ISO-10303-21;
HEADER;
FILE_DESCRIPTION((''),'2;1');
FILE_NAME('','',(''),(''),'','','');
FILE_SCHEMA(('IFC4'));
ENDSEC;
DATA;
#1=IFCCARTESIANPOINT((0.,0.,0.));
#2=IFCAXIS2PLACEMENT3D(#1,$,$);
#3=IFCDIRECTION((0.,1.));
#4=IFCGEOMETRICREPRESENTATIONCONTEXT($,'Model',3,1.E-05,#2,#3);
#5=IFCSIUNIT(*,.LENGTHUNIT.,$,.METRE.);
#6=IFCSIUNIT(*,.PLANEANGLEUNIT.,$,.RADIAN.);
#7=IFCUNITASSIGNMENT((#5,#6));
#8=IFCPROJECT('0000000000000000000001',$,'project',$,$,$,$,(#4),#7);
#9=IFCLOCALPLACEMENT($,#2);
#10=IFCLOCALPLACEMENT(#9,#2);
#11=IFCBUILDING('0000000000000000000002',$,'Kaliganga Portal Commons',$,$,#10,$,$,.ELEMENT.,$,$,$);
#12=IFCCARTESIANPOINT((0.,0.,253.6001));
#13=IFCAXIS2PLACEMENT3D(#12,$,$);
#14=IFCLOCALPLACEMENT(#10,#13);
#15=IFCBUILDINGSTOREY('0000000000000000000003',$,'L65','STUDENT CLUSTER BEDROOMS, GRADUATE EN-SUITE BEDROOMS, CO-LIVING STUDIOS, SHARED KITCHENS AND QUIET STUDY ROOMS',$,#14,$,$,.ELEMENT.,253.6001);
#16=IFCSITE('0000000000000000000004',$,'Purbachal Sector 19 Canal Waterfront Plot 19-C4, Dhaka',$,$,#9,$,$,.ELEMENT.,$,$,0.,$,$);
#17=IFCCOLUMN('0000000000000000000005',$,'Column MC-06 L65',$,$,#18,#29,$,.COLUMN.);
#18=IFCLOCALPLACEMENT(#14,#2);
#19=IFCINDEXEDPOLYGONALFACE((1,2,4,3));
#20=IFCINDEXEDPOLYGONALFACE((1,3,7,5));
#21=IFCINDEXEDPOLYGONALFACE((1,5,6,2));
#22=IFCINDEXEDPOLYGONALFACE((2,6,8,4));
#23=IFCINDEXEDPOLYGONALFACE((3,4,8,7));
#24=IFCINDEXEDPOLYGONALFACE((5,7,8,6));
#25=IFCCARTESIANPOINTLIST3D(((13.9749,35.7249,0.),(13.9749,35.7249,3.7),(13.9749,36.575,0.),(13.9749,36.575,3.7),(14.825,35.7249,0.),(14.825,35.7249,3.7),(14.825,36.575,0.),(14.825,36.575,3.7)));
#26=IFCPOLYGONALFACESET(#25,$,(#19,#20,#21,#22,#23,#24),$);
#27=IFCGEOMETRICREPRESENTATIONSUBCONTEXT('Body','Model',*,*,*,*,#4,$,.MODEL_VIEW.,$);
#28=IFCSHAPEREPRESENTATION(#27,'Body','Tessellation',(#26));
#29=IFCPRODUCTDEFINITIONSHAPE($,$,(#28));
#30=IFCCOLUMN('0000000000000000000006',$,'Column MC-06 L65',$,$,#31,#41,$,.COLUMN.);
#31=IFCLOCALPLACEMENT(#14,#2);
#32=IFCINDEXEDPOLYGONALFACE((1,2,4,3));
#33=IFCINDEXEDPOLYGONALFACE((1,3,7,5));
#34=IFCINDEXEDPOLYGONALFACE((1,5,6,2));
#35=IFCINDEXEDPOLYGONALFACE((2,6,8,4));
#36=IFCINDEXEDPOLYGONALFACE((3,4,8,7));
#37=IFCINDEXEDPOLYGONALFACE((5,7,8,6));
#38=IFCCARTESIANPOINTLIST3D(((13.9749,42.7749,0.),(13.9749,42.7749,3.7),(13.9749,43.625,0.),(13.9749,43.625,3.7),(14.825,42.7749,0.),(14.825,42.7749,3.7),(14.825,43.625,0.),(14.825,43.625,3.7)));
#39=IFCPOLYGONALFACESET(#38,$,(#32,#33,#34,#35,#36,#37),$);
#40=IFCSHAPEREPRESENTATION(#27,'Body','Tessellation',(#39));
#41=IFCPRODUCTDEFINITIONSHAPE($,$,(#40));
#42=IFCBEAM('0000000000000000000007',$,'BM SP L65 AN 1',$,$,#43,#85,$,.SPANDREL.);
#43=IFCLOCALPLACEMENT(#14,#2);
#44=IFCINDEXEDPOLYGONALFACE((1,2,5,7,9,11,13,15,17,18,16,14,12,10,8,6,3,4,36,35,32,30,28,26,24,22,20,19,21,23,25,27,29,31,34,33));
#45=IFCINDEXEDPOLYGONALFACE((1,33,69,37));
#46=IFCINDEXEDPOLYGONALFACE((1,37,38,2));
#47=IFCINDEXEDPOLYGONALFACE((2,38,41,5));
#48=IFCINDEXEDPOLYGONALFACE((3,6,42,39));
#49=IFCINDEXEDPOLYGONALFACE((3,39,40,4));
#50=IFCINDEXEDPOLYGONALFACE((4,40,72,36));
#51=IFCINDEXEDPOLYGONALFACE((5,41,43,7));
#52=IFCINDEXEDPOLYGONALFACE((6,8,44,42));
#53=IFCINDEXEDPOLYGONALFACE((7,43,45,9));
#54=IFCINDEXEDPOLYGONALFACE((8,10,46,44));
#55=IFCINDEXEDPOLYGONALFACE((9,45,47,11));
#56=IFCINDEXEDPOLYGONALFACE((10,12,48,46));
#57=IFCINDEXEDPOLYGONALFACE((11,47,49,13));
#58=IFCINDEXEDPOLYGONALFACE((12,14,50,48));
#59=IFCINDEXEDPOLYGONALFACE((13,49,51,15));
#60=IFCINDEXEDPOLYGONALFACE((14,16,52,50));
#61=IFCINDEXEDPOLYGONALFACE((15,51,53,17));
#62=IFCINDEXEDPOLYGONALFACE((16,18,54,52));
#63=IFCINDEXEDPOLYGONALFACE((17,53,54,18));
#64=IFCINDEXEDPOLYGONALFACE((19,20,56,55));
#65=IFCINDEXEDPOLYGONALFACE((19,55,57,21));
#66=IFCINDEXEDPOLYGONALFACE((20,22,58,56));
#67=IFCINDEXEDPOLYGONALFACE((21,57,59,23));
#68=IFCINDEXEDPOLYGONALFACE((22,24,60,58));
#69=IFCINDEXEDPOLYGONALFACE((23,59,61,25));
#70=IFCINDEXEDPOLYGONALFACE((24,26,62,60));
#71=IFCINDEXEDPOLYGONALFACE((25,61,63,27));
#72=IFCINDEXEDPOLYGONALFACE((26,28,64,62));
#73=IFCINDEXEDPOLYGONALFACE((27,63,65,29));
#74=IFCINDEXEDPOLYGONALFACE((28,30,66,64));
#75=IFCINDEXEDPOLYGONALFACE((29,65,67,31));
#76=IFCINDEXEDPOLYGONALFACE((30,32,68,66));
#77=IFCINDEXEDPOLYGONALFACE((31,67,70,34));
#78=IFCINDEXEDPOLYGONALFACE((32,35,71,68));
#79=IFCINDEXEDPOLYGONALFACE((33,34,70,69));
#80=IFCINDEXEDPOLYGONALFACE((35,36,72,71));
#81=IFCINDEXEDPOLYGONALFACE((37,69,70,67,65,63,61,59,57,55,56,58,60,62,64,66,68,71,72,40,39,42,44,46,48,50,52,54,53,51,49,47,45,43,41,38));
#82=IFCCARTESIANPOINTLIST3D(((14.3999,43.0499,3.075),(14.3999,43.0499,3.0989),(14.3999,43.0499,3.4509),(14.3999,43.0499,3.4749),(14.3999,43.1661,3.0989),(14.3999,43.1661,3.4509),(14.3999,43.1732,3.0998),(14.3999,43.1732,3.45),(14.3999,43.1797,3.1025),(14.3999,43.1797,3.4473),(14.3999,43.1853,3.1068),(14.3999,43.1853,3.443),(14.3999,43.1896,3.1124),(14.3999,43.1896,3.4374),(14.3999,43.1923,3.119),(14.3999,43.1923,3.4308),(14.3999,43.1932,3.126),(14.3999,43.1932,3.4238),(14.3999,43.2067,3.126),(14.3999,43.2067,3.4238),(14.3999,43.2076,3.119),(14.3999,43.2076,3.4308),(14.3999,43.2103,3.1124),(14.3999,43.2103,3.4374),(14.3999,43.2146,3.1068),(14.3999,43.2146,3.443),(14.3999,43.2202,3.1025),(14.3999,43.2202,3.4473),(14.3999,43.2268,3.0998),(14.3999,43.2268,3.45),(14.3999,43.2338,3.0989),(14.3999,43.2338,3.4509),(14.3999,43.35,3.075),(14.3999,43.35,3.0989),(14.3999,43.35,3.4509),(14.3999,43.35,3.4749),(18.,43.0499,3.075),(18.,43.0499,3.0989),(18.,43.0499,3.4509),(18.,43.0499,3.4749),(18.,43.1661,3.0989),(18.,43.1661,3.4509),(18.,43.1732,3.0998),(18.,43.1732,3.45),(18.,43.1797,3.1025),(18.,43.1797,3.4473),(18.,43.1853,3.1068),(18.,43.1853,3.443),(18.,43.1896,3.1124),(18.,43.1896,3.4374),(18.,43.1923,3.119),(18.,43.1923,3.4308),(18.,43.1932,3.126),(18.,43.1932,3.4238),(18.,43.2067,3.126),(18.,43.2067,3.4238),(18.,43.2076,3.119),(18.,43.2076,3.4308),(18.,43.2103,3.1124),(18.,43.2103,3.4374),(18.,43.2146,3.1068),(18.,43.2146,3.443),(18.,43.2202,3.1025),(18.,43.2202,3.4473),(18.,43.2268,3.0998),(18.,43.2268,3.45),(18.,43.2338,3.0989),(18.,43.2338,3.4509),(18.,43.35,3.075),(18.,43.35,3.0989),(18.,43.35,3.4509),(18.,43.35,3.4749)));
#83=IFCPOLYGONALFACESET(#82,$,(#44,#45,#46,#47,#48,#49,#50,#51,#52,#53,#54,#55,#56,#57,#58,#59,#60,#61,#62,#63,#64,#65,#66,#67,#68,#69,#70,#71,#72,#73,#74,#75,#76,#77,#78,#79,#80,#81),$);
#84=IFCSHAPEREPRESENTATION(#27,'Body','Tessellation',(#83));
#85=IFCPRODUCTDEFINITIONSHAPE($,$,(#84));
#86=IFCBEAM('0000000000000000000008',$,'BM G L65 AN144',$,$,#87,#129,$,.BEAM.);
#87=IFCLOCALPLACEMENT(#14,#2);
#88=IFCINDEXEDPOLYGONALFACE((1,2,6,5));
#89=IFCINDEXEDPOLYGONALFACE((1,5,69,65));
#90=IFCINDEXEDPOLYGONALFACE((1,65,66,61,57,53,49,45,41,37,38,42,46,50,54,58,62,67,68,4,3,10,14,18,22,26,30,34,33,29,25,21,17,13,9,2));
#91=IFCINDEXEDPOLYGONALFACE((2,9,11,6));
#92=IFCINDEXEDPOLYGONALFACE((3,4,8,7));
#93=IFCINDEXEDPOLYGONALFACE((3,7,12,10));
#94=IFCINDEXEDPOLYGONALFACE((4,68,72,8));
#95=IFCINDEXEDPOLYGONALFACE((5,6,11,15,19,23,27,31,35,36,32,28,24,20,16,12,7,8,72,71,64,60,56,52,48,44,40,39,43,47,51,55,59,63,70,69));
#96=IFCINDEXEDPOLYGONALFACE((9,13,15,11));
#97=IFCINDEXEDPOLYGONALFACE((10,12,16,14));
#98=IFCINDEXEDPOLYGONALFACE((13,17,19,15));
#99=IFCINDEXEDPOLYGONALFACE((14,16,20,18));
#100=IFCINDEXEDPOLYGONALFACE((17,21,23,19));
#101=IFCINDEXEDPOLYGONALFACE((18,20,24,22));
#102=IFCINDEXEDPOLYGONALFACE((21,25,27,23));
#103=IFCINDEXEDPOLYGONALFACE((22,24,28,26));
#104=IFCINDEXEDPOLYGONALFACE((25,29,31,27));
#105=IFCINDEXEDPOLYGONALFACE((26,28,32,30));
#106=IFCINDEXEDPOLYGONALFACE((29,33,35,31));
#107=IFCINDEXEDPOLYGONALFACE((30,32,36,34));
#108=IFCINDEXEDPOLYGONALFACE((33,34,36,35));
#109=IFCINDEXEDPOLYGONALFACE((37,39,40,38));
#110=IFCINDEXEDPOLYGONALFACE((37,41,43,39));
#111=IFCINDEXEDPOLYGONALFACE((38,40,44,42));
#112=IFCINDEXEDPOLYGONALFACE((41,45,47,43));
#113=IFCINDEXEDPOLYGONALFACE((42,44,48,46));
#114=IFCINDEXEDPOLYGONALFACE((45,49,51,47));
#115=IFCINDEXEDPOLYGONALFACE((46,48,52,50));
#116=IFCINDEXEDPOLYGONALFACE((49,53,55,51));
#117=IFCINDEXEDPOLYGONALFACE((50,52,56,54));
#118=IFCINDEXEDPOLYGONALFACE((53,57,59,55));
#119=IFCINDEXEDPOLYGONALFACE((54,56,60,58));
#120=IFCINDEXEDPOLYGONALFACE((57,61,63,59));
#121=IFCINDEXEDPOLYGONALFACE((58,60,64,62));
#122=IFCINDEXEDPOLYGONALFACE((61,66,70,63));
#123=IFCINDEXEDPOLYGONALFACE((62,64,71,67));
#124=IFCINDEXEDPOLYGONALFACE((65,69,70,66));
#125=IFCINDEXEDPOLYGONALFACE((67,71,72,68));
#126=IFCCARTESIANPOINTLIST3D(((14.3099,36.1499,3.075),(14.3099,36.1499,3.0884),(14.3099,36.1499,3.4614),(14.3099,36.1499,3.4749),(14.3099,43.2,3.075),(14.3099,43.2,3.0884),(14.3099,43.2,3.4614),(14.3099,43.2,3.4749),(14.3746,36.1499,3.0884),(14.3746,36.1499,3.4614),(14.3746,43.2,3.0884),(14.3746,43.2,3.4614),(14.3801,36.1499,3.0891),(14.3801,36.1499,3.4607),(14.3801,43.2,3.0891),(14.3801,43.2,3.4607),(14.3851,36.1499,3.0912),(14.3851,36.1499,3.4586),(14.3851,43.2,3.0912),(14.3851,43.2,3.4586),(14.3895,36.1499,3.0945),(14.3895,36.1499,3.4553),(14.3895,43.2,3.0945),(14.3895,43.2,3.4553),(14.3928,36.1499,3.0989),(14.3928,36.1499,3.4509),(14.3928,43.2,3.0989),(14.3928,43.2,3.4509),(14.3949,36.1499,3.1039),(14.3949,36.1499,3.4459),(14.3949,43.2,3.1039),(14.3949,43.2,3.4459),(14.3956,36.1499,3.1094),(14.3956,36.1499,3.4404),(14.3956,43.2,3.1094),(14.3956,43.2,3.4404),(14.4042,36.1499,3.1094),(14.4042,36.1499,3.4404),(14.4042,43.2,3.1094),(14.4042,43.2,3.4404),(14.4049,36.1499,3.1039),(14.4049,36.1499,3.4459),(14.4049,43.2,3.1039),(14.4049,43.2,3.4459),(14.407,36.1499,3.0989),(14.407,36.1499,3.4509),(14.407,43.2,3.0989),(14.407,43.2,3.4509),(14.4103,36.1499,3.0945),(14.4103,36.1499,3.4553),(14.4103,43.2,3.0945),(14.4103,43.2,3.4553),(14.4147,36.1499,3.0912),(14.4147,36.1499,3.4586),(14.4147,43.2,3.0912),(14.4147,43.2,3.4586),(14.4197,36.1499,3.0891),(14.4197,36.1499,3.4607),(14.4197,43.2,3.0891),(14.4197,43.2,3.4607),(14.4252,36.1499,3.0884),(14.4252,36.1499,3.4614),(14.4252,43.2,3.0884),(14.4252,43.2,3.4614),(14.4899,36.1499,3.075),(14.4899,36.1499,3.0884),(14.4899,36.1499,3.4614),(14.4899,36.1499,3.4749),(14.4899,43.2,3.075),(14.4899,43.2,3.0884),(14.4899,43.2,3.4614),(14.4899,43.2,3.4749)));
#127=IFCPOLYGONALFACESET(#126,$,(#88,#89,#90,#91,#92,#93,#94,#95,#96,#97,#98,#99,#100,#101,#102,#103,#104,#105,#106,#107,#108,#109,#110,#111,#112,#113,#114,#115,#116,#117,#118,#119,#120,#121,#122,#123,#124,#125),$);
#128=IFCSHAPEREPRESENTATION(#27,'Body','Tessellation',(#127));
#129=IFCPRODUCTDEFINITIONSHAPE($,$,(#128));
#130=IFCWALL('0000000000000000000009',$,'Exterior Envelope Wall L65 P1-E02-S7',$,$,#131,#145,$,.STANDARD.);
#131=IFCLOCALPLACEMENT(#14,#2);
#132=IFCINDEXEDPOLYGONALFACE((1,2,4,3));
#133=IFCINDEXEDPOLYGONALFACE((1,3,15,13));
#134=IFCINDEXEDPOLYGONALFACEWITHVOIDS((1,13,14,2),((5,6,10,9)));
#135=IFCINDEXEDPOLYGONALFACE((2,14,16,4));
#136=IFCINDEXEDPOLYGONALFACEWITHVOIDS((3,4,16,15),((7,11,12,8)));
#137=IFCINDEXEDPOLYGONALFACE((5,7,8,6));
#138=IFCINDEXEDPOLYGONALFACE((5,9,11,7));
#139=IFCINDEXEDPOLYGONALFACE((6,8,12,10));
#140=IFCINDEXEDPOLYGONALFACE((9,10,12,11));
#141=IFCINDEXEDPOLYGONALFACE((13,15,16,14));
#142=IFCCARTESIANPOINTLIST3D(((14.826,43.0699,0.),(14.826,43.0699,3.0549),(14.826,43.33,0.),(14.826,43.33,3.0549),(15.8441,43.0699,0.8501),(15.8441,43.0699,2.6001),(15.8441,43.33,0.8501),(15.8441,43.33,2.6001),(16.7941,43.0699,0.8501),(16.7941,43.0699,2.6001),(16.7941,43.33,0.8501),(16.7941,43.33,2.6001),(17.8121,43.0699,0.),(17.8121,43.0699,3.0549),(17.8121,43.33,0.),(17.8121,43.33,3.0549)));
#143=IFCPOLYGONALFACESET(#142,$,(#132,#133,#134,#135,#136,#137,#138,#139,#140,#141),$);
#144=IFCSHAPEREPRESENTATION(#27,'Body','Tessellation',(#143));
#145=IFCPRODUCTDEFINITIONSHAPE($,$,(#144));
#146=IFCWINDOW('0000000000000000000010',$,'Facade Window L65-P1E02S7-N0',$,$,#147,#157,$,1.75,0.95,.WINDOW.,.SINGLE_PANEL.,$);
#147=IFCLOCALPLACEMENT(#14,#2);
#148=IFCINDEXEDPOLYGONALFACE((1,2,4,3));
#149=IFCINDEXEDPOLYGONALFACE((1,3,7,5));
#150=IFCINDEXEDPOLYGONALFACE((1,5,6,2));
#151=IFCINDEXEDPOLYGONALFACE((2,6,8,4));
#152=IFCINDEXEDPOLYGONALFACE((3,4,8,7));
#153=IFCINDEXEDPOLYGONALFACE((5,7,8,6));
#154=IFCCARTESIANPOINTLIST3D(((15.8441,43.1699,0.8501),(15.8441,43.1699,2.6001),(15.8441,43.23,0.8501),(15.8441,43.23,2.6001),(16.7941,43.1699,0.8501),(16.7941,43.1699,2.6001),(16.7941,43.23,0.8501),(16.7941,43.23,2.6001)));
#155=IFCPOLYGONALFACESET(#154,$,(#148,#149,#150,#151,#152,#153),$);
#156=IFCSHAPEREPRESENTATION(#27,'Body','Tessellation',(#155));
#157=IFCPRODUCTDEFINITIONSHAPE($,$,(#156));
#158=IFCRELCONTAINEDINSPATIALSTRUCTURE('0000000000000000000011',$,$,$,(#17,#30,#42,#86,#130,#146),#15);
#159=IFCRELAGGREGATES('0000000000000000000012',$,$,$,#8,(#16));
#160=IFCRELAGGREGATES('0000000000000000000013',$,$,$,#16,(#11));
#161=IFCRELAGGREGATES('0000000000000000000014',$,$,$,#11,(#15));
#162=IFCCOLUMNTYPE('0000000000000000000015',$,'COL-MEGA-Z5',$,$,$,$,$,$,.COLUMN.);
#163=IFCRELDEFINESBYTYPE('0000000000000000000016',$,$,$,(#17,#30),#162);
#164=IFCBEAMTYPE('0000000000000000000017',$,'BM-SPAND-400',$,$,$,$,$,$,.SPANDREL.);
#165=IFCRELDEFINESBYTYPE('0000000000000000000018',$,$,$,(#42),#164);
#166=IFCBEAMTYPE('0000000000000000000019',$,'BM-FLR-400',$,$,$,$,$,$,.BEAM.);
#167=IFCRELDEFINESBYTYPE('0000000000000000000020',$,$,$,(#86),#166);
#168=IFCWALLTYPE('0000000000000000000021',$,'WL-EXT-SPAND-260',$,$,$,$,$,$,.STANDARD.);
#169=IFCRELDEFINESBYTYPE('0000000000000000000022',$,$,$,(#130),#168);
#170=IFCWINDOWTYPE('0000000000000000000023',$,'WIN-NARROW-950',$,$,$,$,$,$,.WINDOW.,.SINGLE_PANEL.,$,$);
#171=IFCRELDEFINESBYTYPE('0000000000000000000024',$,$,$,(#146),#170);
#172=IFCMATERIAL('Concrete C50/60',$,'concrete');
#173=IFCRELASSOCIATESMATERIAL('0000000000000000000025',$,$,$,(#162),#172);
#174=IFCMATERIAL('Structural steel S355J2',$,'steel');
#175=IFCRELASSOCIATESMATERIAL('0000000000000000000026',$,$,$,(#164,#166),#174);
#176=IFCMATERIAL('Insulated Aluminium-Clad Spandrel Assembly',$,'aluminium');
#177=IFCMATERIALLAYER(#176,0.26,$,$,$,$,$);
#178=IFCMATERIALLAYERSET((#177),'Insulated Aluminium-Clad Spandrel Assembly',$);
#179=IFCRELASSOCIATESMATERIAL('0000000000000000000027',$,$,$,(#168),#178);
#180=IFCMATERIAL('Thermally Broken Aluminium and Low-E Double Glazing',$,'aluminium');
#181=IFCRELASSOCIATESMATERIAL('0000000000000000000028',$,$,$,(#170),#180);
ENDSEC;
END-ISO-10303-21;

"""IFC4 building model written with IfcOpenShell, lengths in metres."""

from ifc_helpers import new_model, si_unit, direction, frame, frame_2d, origin, origin_2d, place, context, subcontext, project, spatial, rectangle, i_section, extrude, source, transform, mapped, material, layer, layer_set, material_profile, profile_set, type_object, element, fill, save


model = new_model("IFC4")

# Units and contexts
model_context = context("Model", 3, precision=1e-05, world=origin(), true_north=direction((0.0, 1.0)))
body_context = subcontext(model_context, "Body", "Model", "MODEL_VIEW")
ifc_project = project(units=[si_unit("LENGTHUNIT", "METRE"), si_unit("PLANEANGLEUNIT", "RADIAN")], contexts=[model_context])

# Site, building, storey
site_placement = place(None, origin())
site = spatial("IfcSite", under=ifc_project, at=site_placement, Name="Purbachal Sector 19 Canal Waterfront Plot 19-C4, Dhaka", CompositionType="ELEMENT", RefElevation=0.0)
building_placement = place(site_placement, origin())
building = spatial("IfcBuilding", under=site, at=building_placement, Name="Kaliganga Portal Commons", CompositionType="ELEMENT")
storey_placement = place(building_placement, frame((0.0, 0.0, 253.6001)))
storey = spatial("IfcBuildingStorey", under=building, at=storey_placement, Name="L65", Description="STUDENT CLUSTER BEDROOMS, GRADUATE EN-SUITE BEDROOMS, CO-LIVING STUDIOS, SHARED KITCHENS AND QUIET STUDY ROOMS", CompositionType="ELEMENT", Elevation=253.6001)

# Columns
ifc_material_1 = material(Name="Concrete C50/60", Category="concrete")
ifc_material_profile_1 = material_profile(ifc_material_1, rectangle(XDim=0.8501, YDim=0.8501, at=origin_2d()), Name="RC 850x850")
ifc_profile_set_1 = profile_set([ifc_material_profile_1], Name="Concrete C50/60")
column_type = type_object("IfcColumnType", Name="COL-MEGA-Z5", PredefinedType="COLUMN", material=ifc_profile_set_1)
shared_shape_1 = source(origin(), body_context, "Body", "SweptSolid", [
    extrude(rectangle(XDim=0.8501, YDim=0.8501, at=origin_2d()), origin(), (0.0, 0.0, 1.0), 3.7),
])
for number, where, z_axis, x_axis, name in (
    (1, (14.3999, 36.1499, 0.0), (0.0, 0.0, 1.0), (1.0, 0.0, 0.0), "Column MC-06 L65"),
    (2, (14.3999, 43.2, 0.0), (0.0, 0.0, 1.0), (1.0, 0.0, 0.0), "Column MC-06 L65"),
):
    element("IfcColumn", number, at=place(storey_placement, frame(where, z_axis=z_axis, x_axis=x_axis)), inside=storey, type_object=column_type, Name=name, PredefinedType="COLUMN", context=body_context, shape_type="MappedRepresentation", body=[
        mapped(shared_shape_1, transform((0.0, 0.0, 0.0), x_axis=(1.0, 0.0, 0.0), y_axis=(0.0, 1.0, 0.0), z_axis=(0.0, 0.0, 1.0), scale=1.0)),
    ])

# Beams
ifc_material_2 = material(Name="Structural steel S355J2", Category="steel")
ifc_material_profile_2 = material_profile(ifc_material_2, i_section(OverallWidth=0.3, OverallDepth=0.3999, WebThickness=0.0134, FlangeThickness=0.0239, FilletRadius=0.0271, at=origin_2d()), Name="HE 400 B")
ifc_profile_set_2 = profile_set([ifc_material_profile_2], Name="Structural steel S355J2 wide-flange")
beam_type_1 = type_object("IfcBeamType", Name="BM-SPAND-400", PredefinedType="SPANDREL", material=ifc_profile_set_2)
shared_shape_2 = source(origin(), body_context, "Body", "SweptSolid", [
    extrude(i_section(OverallWidth=0.3, OverallDepth=0.3999, WebThickness=0.0134, FlangeThickness=0.0239, FilletRadius=0.0271, at=origin_2d()), origin(), (0.0, 0.0, 1.0), 3.6001),
])
beam_1_placement = place(storey_placement, frame((14.3999, 43.2, 3.2749), z_axis=(1.0, 0.0, 0.0), x_axis=(0.0, 1.0, 0.0)))
element("IfcBeam", 3, at=beam_1_placement, inside=storey, type_object=beam_type_1, Name="BM SP L65 AN 1", PredefinedType="SPANDREL", context=body_context, shape_type="MappedRepresentation", body=[
    mapped(shared_shape_2, transform((0.0, 0.0, 0.0), x_axis=(1.0, 0.0, 0.0), y_axis=(0.0, 1.0, 0.0), z_axis=(0.0, 0.0, 1.0), scale=1.0)),
])
ifc_material_profile_3 = material_profile(ifc_material_2, i_section(OverallWidth=0.1799, OverallDepth=0.3999, WebThickness=0.0085, FlangeThickness=0.0134, FilletRadius=0.021, at=origin_2d()), Name="IPE 400")
ifc_profile_set_3 = profile_set([ifc_material_profile_3], Name="Structural steel S355J2 wide-flange")
beam_type_2 = type_object("IfcBeamType", Name="BM-FLR-400", PredefinedType="BEAM", material=ifc_profile_set_3)
shared_shape_3 = source(origin(), body_context, "Body", "SweptSolid", [
    extrude(i_section(OverallWidth=0.1799, OverallDepth=0.3999, WebThickness=0.0085, FlangeThickness=0.0134, FilletRadius=0.021, at=origin_2d()), origin(), (0.0, 0.0, 1.0), 7.05),
])
beam_2_placement = place(storey_placement, frame((14.3999, 36.1499, 3.2749), z_axis=(0.0, 1.0, 0.0), x_axis=(-1.0, 0.0, 0.0)))
element("IfcBeam", 4, at=beam_2_placement, inside=storey, type_object=beam_type_2, Name="BM G L65 AN144", PredefinedType="BEAM", context=body_context, shape_type="MappedRepresentation", body=[
    mapped(shared_shape_3, transform((0.0, 0.0, 0.0), x_axis=(1.0, 0.0, 0.0), y_axis=(0.0, 1.0, 0.0), z_axis=(0.0, 0.0, 1.0), scale=1.0)),
])

# Wall, opening, window
ifc_material_3 = material(Name="Insulated Aluminium-Clad Spandrel Assembly", Category="aluminium")
ifc_layer_1 = layer(ifc_material_3, 0.26)
ifc_layer_set_1 = layer_set([ifc_layer_1], Name="Insulated Aluminium-Clad Spandrel Assembly")
wall_type_1 = type_object("IfcWallType", Name="WL-EXT-SPAND-260", PredefinedType="STANDARD", material=ifc_layer_set_1)
wall_1_placement = place(storey_placement, frame((14.8259, 43.2, 0.0), z_axis=(0.0, 0.0, 1.0), x_axis=(1.0, 0.0, 0.0)))
wall_1 = element("IfcWall", 5, at=wall_1_placement, inside=storey, type_object=wall_type_1, Name="Exterior Envelope Wall L65 P1-E02-S7", PredefinedType="STANDARD", context=body_context, shape_type="SweptSolid", body=[
    extrude(rectangle(XDim=2.9861, YDim=0.26, at=frame_2d((1.4932, 0.0))), origin(), (0.0, 0.0, 1.0), 3.0549),
])
opening_1_placement = place(wall_1_placement, frame((1.0181, 0.0, 0.8501)))
opening_1 = element("IfcOpeningElement", 6, at=opening_1_placement, cuts=wall_1, PredefinedType="OPENING", context=body_context, shape_type="SweptSolid", body=[
    extrude(rectangle(XDim=0.95, YDim=1.75, at=frame_2d((0.4751, 0.875))), frame((0.0, 0.1401, 0.0), z_axis=(0.0, -1.0, 0.0), x_axis=(1.0, 0.0, 0.0)), (0.0, 0.0, 1.0), 0.28),
])
ifc_material_4 = material(Name="Thermally Broken Aluminium and Low-E Double Glazing", Category="aluminium")
window_type_1 = type_object("IfcWindowType", Name="WIN-NARROW-950", PartitioningType="SINGLE_PANEL", PredefinedType="WINDOW", material=ifc_material_4)
window_1_placement = place(opening_1_placement, origin())
window_1 = element("IfcWindow", 7, at=window_1_placement, inside=storey, type_object=window_type_1, Name="Facade Window L65-P1E02S7-N0", OverallHeight=1.75, OverallWidth=0.95, PartitioningType="SINGLE_PANEL", PredefinedType="WINDOW", context=body_context, shape_type="SweptSolid", body=[
    extrude(rectangle(XDim=0.95, YDim=1.75, at=frame_2d((0.4751, 0.875))), frame((0.0, 0.03, 0.0), z_axis=(0.0, -1.0, 0.0), x_axis=(1.0, 0.0, 0.0)), (0.0, 0.0, 1.0), 0.0601),
])
fill(opening_1, window_1)

save(model, "model.ifc")
